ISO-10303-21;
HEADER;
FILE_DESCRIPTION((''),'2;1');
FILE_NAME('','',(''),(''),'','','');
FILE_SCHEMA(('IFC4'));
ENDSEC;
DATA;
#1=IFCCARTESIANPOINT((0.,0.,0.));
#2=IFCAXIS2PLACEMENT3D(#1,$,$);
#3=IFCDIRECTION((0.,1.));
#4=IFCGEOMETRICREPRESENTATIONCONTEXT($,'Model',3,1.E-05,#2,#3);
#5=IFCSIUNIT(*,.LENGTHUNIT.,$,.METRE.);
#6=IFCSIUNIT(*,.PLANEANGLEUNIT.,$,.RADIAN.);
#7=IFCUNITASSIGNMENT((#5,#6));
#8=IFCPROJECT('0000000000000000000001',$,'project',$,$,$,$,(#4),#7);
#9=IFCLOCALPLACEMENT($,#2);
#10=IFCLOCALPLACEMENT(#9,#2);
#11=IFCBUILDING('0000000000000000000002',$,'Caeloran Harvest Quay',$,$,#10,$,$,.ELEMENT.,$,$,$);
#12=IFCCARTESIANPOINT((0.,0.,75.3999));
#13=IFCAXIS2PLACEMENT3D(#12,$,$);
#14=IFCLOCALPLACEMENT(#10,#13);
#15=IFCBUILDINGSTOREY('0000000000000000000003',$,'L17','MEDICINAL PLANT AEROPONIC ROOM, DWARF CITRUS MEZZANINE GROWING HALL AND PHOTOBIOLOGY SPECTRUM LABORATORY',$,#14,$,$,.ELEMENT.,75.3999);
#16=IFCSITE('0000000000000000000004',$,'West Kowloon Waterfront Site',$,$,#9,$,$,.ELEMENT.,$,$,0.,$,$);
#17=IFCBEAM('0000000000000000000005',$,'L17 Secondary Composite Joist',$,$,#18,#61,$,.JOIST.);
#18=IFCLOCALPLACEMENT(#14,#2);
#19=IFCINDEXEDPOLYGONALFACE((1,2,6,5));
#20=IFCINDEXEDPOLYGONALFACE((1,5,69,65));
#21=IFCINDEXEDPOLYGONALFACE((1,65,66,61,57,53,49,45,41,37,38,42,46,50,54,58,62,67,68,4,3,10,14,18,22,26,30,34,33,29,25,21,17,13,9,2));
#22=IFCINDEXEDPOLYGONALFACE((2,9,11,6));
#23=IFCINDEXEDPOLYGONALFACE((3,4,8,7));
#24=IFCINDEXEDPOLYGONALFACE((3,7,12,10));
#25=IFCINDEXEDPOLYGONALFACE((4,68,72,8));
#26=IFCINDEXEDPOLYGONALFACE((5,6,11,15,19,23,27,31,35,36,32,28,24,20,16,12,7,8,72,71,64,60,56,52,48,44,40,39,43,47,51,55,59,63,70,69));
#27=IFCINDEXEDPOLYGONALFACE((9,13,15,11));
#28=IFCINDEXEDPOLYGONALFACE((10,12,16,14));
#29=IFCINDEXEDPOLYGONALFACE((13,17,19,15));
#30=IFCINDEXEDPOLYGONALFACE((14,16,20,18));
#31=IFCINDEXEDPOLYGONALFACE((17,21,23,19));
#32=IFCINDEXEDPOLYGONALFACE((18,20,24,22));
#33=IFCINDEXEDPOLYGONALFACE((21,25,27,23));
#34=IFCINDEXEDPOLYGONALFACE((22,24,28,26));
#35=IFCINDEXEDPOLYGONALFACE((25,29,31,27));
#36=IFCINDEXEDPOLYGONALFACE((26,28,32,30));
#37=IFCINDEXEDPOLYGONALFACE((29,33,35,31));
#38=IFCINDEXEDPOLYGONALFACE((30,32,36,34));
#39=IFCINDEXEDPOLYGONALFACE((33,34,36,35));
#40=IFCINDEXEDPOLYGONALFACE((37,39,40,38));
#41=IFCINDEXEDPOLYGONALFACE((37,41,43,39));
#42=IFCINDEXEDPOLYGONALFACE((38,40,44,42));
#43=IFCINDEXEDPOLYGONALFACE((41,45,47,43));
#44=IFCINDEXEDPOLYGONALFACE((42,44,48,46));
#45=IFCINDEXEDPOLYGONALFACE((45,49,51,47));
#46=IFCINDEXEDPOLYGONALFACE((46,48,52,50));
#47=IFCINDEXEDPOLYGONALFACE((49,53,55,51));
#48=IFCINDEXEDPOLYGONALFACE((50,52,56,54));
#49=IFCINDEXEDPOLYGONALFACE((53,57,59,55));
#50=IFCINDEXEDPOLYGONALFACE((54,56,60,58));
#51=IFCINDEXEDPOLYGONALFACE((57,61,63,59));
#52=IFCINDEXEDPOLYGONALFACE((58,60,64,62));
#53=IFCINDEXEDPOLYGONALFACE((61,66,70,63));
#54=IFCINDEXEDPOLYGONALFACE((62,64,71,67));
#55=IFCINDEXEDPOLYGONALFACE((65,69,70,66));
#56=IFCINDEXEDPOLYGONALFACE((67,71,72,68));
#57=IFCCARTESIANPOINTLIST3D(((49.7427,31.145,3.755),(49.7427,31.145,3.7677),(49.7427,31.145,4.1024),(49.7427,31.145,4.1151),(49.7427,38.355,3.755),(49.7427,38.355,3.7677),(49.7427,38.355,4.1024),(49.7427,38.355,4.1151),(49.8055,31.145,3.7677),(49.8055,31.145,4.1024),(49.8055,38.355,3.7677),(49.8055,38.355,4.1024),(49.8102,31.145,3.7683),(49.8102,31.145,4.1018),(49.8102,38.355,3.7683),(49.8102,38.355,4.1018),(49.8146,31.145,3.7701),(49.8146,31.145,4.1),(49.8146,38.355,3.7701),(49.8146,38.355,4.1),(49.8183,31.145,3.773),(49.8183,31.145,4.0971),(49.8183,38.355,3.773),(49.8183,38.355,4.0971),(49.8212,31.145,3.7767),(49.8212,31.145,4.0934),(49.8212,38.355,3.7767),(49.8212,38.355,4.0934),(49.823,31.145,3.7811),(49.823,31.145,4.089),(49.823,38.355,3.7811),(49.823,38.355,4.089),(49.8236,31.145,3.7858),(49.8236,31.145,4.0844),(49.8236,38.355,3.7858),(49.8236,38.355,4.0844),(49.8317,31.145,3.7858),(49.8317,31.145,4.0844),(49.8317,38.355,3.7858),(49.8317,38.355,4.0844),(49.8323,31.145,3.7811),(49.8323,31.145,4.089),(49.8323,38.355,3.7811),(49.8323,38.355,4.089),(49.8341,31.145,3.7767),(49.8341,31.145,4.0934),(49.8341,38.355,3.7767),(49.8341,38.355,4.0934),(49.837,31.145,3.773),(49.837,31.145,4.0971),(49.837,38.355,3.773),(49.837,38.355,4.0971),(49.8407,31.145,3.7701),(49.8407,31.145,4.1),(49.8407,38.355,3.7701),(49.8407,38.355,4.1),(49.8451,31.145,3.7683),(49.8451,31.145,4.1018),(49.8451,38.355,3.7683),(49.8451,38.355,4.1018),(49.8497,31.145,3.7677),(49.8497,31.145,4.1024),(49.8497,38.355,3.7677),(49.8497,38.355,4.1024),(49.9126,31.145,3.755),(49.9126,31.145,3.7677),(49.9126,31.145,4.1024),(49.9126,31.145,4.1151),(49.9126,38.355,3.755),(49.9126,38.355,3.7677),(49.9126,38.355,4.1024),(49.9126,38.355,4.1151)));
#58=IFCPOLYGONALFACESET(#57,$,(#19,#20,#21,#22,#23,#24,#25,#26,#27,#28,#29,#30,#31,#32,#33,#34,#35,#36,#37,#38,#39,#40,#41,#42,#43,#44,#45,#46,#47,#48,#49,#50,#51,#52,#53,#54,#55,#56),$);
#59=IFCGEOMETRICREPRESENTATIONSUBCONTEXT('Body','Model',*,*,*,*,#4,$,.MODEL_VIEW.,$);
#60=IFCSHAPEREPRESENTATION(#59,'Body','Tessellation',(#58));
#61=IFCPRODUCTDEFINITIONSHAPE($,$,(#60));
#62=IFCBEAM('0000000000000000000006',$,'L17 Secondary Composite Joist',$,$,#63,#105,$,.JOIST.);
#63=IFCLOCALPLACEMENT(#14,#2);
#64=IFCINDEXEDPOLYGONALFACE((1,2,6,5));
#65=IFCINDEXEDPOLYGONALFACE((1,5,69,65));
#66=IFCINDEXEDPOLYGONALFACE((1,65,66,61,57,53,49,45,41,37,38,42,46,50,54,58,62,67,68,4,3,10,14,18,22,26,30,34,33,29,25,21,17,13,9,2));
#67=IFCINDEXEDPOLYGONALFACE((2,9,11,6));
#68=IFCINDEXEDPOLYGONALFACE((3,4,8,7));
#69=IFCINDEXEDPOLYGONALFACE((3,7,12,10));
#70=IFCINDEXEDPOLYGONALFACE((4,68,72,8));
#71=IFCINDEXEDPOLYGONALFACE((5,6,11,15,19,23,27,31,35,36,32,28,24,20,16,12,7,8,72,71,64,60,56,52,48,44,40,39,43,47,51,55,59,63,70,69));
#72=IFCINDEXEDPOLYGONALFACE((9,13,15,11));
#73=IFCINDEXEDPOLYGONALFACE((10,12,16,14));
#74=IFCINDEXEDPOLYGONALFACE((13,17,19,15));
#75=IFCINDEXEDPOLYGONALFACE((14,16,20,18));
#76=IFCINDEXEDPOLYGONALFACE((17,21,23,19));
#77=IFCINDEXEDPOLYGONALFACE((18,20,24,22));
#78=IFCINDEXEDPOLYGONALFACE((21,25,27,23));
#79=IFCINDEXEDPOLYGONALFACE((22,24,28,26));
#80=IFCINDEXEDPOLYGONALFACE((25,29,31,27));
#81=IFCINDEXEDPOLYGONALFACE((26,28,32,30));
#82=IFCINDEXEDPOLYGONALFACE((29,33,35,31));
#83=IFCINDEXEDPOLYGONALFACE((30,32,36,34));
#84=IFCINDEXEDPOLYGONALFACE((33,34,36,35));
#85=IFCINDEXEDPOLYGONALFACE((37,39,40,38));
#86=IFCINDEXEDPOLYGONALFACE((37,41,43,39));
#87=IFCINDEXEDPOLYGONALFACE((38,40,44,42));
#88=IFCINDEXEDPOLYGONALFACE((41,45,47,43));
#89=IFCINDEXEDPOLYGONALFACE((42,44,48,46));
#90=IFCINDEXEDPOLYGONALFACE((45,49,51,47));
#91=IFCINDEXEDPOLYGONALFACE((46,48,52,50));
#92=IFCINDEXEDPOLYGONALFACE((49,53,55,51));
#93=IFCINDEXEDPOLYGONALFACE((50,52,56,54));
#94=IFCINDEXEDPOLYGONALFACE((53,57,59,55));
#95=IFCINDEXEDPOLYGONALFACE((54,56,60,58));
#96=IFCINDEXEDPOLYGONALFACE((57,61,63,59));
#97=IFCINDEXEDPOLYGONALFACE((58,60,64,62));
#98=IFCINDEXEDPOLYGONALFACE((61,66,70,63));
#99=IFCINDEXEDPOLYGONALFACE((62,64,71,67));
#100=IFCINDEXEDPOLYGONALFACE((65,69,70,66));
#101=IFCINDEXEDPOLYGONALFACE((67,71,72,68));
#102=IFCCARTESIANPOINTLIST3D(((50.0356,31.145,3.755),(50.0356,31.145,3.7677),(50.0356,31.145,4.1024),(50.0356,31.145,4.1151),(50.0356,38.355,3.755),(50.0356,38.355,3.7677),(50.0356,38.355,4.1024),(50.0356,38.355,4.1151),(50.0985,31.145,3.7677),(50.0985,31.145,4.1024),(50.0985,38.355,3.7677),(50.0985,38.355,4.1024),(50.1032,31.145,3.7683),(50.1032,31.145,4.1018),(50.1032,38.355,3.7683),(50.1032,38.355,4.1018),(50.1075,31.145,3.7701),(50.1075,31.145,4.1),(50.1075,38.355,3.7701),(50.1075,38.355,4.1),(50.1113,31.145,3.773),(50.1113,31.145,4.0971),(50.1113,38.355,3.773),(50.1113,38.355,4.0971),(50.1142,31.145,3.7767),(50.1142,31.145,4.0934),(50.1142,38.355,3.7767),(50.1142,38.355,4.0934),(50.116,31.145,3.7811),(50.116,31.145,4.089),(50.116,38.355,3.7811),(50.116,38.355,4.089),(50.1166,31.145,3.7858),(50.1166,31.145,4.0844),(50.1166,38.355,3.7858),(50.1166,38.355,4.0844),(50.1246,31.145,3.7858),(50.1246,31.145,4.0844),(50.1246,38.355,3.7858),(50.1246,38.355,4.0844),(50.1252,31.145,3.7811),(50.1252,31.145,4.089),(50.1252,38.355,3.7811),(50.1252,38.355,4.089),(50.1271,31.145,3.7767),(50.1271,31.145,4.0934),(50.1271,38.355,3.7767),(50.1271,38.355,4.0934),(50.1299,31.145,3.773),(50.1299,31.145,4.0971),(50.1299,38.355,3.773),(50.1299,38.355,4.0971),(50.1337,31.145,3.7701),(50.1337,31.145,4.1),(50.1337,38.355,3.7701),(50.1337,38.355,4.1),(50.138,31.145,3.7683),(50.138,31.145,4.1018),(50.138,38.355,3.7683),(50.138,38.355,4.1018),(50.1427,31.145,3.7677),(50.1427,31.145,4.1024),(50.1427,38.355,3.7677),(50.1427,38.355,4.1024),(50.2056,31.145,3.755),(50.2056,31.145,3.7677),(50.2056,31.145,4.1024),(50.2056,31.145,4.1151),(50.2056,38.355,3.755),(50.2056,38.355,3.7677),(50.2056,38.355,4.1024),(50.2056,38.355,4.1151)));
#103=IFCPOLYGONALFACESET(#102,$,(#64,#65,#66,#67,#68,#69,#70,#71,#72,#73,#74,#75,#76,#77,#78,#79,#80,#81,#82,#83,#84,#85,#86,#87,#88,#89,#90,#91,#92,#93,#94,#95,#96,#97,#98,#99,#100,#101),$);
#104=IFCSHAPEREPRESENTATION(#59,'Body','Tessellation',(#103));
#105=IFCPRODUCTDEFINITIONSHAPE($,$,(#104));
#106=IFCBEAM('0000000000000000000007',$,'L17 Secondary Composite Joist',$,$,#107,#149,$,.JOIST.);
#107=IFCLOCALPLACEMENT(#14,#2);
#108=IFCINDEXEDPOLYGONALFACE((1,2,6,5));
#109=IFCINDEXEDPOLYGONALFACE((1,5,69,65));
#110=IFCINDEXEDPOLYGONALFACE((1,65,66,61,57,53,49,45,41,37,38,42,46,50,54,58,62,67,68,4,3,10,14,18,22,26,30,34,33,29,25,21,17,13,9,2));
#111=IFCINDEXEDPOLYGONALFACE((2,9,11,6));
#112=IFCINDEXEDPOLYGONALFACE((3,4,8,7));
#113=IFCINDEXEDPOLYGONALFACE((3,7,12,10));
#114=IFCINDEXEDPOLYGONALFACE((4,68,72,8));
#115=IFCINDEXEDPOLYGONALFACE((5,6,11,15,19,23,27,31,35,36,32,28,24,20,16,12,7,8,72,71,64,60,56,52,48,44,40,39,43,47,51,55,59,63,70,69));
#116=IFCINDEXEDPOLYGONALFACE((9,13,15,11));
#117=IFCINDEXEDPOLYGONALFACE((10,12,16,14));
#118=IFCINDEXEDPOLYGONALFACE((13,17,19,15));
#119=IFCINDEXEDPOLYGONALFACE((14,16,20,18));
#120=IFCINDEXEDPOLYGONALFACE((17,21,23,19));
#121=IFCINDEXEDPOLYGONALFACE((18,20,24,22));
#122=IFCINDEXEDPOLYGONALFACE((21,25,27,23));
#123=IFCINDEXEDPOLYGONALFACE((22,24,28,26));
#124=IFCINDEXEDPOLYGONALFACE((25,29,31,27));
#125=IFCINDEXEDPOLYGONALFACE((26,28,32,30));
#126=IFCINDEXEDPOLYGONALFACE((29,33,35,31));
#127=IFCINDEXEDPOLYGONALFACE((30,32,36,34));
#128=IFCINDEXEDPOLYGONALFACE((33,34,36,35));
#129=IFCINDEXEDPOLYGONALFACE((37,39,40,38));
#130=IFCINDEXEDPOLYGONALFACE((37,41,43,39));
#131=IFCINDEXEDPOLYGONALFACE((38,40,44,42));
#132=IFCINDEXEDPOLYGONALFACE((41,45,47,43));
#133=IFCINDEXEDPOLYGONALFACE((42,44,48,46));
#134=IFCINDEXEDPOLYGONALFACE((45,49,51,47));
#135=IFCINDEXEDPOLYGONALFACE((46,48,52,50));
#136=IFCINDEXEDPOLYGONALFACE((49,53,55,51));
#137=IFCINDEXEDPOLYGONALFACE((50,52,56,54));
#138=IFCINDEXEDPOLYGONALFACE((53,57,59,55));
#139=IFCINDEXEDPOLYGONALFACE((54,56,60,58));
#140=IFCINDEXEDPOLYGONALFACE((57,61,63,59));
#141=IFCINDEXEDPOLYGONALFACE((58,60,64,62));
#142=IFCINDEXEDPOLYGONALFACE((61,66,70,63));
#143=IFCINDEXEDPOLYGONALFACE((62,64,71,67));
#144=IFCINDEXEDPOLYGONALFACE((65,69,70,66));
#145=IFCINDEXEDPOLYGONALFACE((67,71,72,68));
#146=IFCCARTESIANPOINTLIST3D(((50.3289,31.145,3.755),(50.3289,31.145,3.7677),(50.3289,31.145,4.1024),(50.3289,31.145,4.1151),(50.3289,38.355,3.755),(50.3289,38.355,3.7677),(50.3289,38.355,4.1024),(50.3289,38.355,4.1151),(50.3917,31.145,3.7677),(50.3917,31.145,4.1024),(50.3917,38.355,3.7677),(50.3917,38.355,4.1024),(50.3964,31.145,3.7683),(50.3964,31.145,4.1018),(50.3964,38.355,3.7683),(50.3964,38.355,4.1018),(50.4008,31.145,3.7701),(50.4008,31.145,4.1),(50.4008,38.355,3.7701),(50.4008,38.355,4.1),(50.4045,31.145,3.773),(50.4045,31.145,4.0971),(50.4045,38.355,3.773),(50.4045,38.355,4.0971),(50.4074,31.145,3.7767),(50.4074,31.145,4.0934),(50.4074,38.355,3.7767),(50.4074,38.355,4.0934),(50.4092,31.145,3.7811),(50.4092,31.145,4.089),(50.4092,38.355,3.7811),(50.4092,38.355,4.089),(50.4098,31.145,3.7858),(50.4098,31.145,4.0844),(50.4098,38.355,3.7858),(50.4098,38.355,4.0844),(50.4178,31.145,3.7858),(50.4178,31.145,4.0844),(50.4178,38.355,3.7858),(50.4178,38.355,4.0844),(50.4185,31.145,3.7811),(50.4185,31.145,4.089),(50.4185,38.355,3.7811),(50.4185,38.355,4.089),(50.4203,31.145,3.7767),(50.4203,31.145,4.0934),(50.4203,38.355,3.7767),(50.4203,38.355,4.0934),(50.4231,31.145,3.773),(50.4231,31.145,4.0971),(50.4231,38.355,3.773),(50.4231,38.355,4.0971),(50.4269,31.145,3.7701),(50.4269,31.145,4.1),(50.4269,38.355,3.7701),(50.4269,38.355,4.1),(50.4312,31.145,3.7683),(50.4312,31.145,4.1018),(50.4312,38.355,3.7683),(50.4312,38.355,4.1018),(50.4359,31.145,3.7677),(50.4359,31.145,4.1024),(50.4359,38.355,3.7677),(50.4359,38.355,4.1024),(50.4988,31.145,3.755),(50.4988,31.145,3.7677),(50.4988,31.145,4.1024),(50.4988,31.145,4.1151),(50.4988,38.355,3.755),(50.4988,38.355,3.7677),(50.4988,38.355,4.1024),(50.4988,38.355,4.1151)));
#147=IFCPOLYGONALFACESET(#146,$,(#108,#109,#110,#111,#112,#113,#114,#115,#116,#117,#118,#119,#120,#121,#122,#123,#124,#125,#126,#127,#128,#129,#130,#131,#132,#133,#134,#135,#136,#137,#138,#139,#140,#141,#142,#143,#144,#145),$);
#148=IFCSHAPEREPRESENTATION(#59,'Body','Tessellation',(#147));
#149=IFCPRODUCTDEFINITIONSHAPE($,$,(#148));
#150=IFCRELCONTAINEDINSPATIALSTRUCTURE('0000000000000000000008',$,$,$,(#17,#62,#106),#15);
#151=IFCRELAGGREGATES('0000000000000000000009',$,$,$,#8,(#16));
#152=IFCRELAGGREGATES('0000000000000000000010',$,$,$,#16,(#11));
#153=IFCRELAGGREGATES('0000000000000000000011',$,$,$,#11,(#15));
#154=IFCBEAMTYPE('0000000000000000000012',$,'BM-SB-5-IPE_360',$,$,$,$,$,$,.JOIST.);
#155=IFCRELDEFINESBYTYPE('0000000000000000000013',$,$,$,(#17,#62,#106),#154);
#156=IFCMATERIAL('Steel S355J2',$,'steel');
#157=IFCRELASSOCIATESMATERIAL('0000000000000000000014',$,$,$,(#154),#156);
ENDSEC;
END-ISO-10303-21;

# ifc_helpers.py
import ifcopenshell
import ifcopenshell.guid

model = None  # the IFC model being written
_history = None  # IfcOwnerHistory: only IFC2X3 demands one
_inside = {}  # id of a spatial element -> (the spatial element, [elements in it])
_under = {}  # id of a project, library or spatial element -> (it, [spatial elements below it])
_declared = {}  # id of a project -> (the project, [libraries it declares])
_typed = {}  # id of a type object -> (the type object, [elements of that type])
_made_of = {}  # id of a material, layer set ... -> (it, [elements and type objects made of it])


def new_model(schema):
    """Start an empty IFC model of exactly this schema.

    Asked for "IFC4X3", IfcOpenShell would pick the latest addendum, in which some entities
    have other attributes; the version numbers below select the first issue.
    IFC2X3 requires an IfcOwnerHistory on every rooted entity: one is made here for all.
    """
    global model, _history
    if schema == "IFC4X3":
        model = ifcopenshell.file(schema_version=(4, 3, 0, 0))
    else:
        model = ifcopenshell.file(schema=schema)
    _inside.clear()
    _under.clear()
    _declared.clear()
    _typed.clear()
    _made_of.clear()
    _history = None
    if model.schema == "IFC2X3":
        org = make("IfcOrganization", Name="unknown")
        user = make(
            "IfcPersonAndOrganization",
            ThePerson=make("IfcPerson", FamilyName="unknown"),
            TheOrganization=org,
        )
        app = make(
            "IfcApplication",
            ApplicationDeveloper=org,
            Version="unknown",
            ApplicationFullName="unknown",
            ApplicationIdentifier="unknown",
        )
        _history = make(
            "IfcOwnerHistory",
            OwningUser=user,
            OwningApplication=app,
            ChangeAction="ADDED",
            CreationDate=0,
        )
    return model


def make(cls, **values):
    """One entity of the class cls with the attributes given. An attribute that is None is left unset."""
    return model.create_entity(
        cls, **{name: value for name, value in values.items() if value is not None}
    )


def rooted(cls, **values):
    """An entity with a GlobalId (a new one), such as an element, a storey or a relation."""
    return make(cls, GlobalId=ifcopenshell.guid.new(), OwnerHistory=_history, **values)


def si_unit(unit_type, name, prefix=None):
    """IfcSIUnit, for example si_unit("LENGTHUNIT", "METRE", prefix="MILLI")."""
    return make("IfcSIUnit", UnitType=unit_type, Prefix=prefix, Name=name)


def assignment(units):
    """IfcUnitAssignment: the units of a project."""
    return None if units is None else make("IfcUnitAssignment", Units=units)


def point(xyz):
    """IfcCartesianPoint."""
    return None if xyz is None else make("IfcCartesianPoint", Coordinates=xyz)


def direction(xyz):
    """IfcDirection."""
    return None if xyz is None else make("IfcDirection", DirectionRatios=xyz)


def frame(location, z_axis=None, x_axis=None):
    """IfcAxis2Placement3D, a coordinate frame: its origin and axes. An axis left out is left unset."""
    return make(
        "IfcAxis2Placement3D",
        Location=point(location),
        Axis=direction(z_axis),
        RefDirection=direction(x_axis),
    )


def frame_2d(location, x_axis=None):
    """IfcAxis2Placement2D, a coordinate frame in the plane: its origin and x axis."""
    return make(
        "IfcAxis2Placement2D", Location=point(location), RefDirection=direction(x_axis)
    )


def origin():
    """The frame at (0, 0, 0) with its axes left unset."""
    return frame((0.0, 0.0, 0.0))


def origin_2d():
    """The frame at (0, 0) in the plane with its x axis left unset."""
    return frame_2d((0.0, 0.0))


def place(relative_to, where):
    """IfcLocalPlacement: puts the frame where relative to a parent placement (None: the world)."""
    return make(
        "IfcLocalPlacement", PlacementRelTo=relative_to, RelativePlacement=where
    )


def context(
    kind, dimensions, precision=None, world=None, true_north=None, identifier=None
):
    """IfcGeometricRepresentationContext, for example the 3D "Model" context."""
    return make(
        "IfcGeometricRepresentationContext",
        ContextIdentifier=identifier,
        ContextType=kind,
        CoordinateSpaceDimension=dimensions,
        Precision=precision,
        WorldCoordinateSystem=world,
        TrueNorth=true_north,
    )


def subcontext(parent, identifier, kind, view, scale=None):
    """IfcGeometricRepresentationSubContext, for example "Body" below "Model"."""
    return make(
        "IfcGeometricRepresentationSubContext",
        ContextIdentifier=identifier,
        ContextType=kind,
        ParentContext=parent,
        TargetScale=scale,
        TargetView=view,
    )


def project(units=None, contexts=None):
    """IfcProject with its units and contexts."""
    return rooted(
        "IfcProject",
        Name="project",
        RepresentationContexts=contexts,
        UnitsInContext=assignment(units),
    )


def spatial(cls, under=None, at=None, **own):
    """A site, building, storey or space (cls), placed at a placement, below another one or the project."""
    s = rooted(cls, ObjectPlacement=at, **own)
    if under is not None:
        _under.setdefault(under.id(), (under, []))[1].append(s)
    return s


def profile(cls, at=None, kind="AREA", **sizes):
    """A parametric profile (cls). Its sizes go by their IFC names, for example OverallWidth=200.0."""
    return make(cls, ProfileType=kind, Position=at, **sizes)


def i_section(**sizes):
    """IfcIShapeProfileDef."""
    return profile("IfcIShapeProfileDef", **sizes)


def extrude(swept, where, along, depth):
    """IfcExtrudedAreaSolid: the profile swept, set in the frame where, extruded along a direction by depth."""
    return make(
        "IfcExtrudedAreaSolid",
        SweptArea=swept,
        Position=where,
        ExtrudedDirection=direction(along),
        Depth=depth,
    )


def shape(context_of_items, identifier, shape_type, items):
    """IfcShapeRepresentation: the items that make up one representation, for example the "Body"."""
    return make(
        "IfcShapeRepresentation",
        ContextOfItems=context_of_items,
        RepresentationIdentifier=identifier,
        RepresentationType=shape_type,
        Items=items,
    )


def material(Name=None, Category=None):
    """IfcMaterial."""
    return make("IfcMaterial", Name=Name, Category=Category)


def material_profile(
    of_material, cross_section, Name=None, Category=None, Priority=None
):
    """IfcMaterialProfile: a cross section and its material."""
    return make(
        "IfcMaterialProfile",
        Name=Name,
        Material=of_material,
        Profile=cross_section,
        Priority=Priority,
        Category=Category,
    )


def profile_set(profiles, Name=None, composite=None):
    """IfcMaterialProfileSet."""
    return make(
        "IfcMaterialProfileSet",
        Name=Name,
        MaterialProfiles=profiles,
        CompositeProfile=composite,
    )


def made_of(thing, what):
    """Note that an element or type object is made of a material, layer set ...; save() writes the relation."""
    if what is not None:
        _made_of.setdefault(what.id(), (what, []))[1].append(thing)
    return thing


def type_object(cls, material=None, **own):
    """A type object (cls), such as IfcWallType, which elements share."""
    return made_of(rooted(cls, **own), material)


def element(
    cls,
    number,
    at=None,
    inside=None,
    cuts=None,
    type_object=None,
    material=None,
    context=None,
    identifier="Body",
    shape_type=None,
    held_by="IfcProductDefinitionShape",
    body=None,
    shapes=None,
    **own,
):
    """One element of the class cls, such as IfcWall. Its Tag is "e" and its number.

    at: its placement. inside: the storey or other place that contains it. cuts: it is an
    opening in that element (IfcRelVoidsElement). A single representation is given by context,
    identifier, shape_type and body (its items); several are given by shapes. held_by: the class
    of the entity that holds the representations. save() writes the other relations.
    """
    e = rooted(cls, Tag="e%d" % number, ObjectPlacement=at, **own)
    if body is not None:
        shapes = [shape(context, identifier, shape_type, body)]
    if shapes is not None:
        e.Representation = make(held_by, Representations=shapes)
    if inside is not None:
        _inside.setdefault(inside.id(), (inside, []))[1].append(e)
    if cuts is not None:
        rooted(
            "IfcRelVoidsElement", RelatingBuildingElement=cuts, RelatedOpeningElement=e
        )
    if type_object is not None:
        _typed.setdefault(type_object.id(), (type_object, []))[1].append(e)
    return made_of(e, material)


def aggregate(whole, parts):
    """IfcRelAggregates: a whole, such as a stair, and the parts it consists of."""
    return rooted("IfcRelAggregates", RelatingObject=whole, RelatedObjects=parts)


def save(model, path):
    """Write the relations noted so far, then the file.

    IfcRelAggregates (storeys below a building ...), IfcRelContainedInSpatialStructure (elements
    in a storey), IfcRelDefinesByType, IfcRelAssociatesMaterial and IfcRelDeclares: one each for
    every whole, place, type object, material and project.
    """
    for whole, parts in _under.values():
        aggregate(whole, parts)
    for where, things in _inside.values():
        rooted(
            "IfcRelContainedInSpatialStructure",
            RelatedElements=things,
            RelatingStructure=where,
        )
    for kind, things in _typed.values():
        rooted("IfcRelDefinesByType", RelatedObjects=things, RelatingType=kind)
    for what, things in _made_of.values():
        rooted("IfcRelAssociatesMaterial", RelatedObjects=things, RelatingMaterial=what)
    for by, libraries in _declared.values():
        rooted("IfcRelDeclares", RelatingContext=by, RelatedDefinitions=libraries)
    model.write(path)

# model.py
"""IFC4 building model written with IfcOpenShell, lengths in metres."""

from ifc_helpers import new_model, si_unit, direction, frame, origin, origin_2d, place, context, subcontext, project, spatial, i_section, extrude, material, material_profile, profile_set, type_object, element, save


model = new_model("IFC4")

# Units and contexts
model_context = context("Model", 3, precision=1e-05, world=origin(), true_north=direction((0.0, 1.0)))
body_context = subcontext(model_context, "Body", "Model", "MODEL_VIEW")
ifc_project = project(units=[si_unit("LENGTHUNIT", "METRE"), si_unit("PLANEANGLEUNIT", "RADIAN")], contexts=[model_context])

# Site, building, storey
site_placement = place(None, origin())
site = spatial("IfcSite", under=ifc_project, at=site_placement, Name="West Kowloon Waterfront Site", CompositionType="ELEMENT", RefElevation=0.0)
building_placement = place(site_placement, origin())
building = spatial("IfcBuilding", under=site, at=building_placement, Name="Caeloran Harvest Quay", CompositionType="ELEMENT")
storey_placement = place(building_placement, frame((0.0, 0.0, 75.3999)))
storey = spatial("IfcBuildingStorey", under=building, at=storey_placement, Name="L17", Description="MEDICINAL PLANT AEROPONIC ROOM, DWARF CITRUS MEZZANINE GROWING HALL AND PHOTOBIOLOGY SPECTRUM LABORATORY", CompositionType="ELEMENT", Elevation=75.3999)

# Beams
ifc_material_1 = material(Name="Steel S355J2", Category="steel")
ifc_material_profile_1 = material_profile(ifc_material_1, i_section(OverallWidth=0.1699, OverallDepth=0.3601, WebThickness=0.0081, FlangeThickness=0.0127, FilletRadius=0.0181, at=origin_2d()), Name="IPE 360")
ifc_profile_set_1 = profile_set([ifc_material_profile_1], Name="Steel S355J2")
beam_type_1 = type_object("IfcBeamType", Name="BM-SB-5-IPE_360", PredefinedType="JOIST", material=ifc_profile_set_1)
for number, where, z_axis, x_axis, name in (
    (1, (49.8276, 31.145, 3.9351), (0.0, 1.0, 0.0), (-1.0, 0.0, 0.0), "L17 Secondary Composite Joist"),
    (2, (50.1206, 31.145, 3.9351), (0.0, 1.0, 0.0), (-1.0, 0.0, 0.0), "L17 Secondary Composite Joist"),
    (3, (50.4138, 31.145, 3.9351), (0.0, 1.0, 0.0), (-1.0, 0.0, 0.0), "L17 Secondary Composite Joist"),
):
    element("IfcBeam", number, at=place(storey_placement, frame(where, z_axis=z_axis, x_axis=x_axis)), inside=storey, type_object=beam_type_1, Name=name, PredefinedType="JOIST", context=body_context, shape_type="SweptSolid", body=[
        extrude(i_section(OverallWidth=0.1699, OverallDepth=0.3601, WebThickness=0.0081, FlangeThickness=0.0127, FilletRadius=0.0181, at=origin_2d()), origin(), (0.0, 0.0, 1.0), 7.21),
    ])

save(model, "model.ifc")
